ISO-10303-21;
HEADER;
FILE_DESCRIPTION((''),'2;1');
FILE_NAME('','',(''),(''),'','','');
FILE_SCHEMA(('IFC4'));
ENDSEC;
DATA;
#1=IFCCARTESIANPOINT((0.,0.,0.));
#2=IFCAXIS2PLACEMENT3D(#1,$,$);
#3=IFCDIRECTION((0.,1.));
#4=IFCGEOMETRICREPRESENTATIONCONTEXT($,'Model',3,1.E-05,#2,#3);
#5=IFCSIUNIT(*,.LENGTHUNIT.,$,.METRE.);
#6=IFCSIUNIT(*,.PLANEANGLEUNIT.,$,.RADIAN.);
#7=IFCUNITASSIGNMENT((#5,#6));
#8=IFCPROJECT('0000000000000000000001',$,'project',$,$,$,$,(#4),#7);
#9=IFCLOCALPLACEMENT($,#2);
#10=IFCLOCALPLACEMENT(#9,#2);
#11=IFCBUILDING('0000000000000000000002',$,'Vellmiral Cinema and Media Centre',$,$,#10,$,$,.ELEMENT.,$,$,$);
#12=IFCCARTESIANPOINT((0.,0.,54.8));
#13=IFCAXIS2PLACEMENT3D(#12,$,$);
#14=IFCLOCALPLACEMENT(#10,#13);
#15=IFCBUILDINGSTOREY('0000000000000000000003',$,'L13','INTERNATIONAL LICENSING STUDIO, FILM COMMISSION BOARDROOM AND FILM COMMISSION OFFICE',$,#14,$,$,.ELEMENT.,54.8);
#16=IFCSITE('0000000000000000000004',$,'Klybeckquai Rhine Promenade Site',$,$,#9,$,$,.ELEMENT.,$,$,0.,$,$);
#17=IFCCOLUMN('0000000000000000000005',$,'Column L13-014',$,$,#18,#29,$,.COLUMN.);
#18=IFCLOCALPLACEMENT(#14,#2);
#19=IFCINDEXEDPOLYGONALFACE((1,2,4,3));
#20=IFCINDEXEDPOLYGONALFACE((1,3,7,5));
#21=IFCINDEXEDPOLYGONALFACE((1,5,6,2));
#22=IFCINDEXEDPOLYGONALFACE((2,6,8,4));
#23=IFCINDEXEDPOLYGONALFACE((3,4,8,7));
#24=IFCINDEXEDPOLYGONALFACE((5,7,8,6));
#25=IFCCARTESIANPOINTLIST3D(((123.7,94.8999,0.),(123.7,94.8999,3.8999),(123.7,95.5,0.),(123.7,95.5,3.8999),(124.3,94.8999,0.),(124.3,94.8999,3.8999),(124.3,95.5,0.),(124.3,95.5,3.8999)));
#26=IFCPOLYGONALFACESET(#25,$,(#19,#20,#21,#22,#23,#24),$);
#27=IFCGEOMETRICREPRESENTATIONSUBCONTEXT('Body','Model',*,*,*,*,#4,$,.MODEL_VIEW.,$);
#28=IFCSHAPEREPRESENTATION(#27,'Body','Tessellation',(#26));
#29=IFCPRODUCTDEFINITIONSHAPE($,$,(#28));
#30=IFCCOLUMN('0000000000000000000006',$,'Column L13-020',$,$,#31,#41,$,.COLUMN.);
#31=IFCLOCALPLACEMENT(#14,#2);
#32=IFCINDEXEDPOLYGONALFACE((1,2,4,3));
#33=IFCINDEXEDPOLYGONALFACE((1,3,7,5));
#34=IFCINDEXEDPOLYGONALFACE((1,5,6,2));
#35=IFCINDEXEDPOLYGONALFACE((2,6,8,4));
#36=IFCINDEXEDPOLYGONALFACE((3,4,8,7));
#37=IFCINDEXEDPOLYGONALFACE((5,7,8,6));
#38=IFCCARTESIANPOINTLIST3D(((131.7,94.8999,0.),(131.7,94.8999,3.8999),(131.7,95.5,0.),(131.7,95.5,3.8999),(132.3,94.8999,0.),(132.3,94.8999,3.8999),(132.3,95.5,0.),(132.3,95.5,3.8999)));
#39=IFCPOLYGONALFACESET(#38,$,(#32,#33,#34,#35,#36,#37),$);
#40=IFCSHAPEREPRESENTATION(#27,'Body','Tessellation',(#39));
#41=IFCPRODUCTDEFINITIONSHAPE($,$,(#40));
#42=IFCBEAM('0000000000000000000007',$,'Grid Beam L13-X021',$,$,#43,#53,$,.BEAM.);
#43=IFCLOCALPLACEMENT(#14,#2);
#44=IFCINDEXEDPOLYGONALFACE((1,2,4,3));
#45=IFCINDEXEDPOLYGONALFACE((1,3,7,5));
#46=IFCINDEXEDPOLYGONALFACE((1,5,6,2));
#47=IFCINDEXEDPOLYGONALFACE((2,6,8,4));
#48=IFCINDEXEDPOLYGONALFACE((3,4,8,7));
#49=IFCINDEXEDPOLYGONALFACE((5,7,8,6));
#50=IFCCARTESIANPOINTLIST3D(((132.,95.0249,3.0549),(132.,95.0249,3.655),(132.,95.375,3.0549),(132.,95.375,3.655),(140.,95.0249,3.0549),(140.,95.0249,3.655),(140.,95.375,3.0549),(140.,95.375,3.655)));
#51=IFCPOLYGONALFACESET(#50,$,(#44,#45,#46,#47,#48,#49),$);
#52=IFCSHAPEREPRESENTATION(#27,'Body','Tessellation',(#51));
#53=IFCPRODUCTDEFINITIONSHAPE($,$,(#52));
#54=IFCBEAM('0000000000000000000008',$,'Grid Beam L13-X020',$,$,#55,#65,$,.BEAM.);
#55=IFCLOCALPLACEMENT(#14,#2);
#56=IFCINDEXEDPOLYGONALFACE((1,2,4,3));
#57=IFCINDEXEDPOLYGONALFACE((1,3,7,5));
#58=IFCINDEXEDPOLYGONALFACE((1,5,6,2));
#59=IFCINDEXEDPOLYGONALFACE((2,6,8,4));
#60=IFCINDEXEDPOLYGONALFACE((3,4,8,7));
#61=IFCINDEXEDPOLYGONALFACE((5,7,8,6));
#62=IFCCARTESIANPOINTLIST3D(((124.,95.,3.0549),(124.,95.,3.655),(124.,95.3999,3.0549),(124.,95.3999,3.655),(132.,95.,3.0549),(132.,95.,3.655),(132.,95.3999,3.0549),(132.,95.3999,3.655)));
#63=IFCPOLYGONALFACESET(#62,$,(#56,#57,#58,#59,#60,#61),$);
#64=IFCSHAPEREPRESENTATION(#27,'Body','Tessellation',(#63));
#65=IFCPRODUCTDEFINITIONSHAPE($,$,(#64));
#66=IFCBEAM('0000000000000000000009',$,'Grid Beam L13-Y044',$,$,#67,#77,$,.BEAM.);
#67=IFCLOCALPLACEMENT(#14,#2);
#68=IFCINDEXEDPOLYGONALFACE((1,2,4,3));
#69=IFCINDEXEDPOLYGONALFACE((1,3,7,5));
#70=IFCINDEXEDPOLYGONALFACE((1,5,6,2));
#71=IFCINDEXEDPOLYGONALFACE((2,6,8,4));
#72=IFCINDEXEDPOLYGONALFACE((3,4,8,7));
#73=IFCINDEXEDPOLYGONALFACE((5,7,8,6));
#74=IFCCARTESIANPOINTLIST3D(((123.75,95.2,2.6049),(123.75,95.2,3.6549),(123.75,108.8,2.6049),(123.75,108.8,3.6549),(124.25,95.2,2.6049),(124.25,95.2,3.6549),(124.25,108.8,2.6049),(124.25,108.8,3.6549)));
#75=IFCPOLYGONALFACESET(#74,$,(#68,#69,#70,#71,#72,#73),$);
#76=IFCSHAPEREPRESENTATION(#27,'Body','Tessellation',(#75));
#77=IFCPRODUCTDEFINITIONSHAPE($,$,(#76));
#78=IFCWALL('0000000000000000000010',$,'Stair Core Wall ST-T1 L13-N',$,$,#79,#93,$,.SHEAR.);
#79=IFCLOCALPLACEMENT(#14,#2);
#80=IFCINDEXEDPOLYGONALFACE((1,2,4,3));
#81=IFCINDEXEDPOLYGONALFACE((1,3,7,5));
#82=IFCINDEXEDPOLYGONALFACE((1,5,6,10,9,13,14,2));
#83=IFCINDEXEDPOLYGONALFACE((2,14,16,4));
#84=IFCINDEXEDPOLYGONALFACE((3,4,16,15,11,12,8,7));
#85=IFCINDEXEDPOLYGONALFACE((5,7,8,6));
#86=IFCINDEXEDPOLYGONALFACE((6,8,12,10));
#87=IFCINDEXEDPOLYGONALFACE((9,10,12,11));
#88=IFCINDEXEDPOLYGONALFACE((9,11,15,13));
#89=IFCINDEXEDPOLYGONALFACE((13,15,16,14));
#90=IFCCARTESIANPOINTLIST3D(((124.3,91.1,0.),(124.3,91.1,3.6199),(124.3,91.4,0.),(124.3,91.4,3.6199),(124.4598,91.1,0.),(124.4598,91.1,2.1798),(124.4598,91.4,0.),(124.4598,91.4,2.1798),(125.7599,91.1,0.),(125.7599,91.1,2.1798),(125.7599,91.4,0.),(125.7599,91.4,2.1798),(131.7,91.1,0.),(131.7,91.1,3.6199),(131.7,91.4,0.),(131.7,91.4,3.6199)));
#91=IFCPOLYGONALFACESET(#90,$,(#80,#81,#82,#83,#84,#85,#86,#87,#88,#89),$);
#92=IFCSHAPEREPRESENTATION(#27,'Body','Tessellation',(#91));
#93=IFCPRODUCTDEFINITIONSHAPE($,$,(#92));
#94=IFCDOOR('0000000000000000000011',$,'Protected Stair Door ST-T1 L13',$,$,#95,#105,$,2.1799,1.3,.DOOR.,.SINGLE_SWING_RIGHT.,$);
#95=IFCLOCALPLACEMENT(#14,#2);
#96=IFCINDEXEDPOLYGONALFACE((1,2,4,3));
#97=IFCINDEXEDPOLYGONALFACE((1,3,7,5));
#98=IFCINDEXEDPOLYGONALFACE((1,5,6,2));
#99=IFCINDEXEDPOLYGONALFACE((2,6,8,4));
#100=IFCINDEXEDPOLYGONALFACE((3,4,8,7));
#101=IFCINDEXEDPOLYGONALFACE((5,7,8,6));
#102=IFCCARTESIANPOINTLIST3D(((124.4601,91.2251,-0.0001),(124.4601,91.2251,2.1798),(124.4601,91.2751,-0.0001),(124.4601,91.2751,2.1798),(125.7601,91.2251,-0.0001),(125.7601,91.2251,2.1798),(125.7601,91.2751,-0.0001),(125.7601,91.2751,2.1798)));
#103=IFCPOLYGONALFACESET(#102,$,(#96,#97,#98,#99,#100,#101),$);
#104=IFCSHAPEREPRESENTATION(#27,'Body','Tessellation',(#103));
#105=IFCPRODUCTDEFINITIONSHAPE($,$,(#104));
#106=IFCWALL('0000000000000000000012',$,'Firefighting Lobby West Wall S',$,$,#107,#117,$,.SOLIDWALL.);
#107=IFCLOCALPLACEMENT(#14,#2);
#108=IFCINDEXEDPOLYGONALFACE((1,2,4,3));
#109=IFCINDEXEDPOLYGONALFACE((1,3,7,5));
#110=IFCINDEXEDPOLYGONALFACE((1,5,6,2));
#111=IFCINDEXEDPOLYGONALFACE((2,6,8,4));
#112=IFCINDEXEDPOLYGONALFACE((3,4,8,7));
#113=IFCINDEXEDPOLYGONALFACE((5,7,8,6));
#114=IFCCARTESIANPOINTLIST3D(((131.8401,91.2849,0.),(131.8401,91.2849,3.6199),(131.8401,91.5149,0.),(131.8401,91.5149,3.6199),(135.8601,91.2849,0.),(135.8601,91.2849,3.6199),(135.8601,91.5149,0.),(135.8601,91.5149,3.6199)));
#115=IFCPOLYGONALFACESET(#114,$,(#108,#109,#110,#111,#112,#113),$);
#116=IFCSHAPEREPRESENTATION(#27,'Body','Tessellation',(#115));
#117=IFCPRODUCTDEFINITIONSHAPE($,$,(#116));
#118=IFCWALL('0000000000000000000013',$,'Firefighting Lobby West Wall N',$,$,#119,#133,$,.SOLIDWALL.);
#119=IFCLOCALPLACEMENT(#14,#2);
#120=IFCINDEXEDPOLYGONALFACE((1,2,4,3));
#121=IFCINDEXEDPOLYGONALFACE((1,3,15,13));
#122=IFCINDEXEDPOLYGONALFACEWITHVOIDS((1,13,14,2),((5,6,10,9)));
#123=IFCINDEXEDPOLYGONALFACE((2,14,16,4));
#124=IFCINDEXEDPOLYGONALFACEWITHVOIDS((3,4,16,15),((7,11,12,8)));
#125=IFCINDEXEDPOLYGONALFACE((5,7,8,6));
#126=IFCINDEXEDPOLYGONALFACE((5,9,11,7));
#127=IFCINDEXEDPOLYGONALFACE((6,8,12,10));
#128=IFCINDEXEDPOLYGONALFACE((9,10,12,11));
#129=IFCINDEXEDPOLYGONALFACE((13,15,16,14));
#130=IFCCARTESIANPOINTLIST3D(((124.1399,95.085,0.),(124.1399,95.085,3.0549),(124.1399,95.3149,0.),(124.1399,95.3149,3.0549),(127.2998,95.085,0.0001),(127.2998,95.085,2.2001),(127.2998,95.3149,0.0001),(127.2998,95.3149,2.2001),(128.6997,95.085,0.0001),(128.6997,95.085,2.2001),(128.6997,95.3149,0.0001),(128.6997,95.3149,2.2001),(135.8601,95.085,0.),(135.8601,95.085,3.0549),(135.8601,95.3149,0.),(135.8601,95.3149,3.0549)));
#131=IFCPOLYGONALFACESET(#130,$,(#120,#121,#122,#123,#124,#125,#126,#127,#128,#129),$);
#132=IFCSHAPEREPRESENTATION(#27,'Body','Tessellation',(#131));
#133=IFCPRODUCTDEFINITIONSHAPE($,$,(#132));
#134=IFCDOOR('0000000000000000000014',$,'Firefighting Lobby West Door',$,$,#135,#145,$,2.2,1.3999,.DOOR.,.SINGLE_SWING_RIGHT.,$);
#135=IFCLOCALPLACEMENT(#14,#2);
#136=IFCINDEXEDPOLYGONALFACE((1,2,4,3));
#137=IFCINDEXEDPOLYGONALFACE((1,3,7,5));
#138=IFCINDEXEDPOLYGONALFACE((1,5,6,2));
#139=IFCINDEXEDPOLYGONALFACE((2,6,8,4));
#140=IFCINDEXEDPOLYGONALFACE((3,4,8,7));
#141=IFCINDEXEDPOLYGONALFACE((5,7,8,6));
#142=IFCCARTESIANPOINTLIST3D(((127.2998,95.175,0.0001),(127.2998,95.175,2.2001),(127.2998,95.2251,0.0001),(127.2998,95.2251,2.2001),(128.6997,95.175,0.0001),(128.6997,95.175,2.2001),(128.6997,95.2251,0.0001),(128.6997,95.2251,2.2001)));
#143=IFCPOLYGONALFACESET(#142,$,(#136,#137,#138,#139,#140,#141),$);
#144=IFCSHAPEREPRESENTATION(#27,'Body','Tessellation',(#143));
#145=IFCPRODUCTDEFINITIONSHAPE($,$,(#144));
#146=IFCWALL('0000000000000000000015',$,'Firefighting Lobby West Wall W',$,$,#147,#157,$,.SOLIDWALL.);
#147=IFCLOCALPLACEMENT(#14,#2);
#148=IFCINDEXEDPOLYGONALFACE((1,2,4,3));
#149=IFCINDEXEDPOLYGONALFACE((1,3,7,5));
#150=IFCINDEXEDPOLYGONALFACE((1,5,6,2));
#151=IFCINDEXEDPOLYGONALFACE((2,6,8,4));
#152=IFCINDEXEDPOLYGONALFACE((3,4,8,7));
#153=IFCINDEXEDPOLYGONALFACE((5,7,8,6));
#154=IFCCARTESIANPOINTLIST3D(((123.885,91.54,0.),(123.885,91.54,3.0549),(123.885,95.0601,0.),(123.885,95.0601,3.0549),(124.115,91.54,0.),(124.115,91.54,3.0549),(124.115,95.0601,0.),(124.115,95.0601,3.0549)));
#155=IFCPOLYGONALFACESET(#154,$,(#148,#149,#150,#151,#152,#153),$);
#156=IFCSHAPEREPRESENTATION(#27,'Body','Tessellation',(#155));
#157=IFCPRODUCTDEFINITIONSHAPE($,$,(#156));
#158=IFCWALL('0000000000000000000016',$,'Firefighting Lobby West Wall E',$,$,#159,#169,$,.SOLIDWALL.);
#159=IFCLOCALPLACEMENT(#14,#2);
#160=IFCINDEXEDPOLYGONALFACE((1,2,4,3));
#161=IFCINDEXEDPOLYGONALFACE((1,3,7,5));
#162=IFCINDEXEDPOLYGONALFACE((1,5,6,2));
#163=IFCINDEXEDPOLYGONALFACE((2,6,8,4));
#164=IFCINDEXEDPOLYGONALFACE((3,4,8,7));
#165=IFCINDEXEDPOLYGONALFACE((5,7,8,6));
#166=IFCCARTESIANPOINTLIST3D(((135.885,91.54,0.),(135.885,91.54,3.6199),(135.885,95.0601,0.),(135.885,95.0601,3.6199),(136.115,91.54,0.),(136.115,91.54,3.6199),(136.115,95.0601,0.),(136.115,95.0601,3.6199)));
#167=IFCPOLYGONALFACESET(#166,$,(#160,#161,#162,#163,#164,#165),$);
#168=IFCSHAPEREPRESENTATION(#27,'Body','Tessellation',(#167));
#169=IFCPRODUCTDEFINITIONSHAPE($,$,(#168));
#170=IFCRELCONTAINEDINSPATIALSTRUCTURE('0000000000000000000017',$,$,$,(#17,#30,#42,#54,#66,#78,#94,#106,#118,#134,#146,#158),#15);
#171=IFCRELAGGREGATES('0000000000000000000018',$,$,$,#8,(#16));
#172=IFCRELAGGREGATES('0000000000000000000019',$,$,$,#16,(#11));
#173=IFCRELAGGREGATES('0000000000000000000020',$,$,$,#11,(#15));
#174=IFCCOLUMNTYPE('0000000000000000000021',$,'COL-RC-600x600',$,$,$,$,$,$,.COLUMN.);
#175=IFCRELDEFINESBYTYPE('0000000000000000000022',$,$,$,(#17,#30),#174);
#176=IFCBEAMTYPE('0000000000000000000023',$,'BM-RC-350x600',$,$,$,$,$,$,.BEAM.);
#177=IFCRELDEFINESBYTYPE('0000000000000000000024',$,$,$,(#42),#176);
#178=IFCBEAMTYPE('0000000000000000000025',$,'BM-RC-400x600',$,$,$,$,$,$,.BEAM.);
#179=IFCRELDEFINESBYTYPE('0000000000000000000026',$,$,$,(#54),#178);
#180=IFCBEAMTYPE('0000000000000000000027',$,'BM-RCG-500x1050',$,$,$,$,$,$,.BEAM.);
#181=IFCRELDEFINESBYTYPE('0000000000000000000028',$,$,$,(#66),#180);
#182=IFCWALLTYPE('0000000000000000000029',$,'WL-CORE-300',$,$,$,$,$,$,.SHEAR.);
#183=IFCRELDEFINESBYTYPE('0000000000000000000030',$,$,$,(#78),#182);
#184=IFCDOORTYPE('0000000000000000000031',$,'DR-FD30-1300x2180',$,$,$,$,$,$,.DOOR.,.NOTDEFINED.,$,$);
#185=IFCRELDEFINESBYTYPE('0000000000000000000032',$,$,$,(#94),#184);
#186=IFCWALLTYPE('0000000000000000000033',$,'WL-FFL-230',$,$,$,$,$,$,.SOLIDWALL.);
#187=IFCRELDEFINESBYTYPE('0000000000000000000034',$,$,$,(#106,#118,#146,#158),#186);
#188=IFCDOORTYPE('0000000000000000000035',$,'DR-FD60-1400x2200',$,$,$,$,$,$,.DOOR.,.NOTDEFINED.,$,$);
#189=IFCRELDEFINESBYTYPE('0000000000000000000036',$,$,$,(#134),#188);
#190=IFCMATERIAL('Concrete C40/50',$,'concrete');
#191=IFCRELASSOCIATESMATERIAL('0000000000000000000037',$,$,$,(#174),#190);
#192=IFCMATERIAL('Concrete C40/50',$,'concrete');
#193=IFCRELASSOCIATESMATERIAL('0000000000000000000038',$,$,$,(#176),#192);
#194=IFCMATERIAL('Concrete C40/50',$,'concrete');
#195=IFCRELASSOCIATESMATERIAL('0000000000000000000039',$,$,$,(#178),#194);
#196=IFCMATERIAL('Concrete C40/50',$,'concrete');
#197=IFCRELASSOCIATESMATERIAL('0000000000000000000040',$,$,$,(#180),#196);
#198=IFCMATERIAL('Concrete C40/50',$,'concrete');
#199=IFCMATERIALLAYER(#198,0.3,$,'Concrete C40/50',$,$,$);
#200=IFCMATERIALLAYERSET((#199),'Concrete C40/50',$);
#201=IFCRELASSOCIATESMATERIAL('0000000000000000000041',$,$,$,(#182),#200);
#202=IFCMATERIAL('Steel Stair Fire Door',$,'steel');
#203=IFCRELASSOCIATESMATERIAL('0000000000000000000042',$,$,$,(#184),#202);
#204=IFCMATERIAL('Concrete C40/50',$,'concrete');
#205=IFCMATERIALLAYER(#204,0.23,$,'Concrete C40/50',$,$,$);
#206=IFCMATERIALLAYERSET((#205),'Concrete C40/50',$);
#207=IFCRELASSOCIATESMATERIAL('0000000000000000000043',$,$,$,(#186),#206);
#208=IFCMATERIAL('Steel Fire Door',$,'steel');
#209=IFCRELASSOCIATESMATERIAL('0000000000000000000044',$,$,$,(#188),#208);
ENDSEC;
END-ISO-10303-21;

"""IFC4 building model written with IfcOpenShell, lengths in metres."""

from ifc_helpers import new_model, si_unit, direction, frame, frame_2d, origin, origin_2d, place, context, subcontext, project, spatial, rectangle, extrude, material, layer, layer_set, material_profile, profile_set, type_object, element, fill, save


model = new_model("IFC4")

# Units and contexts
model_context = context("Model", 3, precision=1e-05, world=origin(), true_north=direction((0.0, 1.0)))
body_context = subcontext(model_context, "Body", "Model", "MODEL_VIEW")
ifc_project = project(units=[si_unit("LENGTHUNIT", "METRE"), si_unit("PLANEANGLEUNIT", "RADIAN")], contexts=[model_context])

# Site, building, storey
site_placement = place(None, origin())
site = spatial("IfcSite", under=ifc_project, at=site_placement, Name="Klybeckquai Rhine Promenade Site", CompositionType="ELEMENT", RefElevation=0.0)
building_placement = place(site_placement, origin())
building = spatial("IfcBuilding", under=site, at=building_placement, Name="Vellmiral Cinema and Media Centre", CompositionType="ELEMENT")
storey_placement = place(building_placement, frame((0.0, 0.0, 54.8)))
storey = spatial("IfcBuildingStorey", under=building, at=storey_placement, Name="L13", Description="INTERNATIONAL LICENSING STUDIO, FILM COMMISSION BOARDROOM AND FILM COMMISSION OFFICE", CompositionType="ELEMENT", Elevation=54.8)

# Columns
ifc_material_1 = material(Name="Concrete C40/50", Category="concrete")
ifc_material_profile_1 = material_profile(ifc_material_1, rectangle(XDim=0.6001, YDim=0.6001, at=origin_2d()), Name="RC 600x600")
ifc_profile_set_1 = profile_set([ifc_material_profile_1], Name="Concrete C40/50")
column_type = type_object("IfcColumnType", Name="COL-RC-600x600", PredefinedType="COLUMN", material=ifc_profile_set_1)
for number, where, z_axis, x_axis, name in (
    (1, (124.0, 95.2, 0.0), (0.0, 0.0, 1.0), (1.0, 0.0, 0.0), "Column L13-014"),
    (2, (132.0, 95.2, 0.0), (0.0, 0.0, 1.0), (1.0, 0.0, 0.0), "Column L13-020"),
):
    element("IfcColumn", number, at=place(storey_placement, frame(where, z_axis=z_axis, x_axis=x_axis)), inside=storey, type_object=column_type, Name=name, PredefinedType="COLUMN", context=body_context, shape_type="SweptSolid", body=[
        extrude(rectangle(XDim=0.6001, YDim=0.6001, at=origin_2d()), origin(), (0.0, 0.0, 1.0), 3.8999),
    ])

# Beams
ifc_material_2 = material(Name="Concrete C40/50", Category="concrete")
ifc_material_profile_2 = material_profile(ifc_material_2, rectangle(XDim=0.3501, YDim=0.6001, at=origin_2d()), Name="RC 350x600")
ifc_profile_set_2 = profile_set([ifc_material_profile_2], Name="Concrete C40/50")
beam_type_1 = type_object("IfcBeamType", Name="BM-RC-350x600", PredefinedType="BEAM", material=ifc_profile_set_2)
beam_1_placement = place(storey_placement, frame((132.0, 95.2, 3.355), z_axis=(1.0, 0.0, 0.0), x_axis=(0.0, 1.0, 0.0)))
element("IfcBeam", 3, at=beam_1_placement, inside=storey, type_object=beam_type_1, Name="Grid Beam L13-X021", PredefinedType="BEAM", context=body_context, shape_type="SweptSolid", body=[
    extrude(rectangle(XDim=0.3501, YDim=0.6001, at=origin_2d()), origin(), (0.0, 0.0, 1.0), 8.0),
])
ifc_material_3 = material(Name="Concrete C40/50", Category="concrete")
ifc_material_profile_3 = material_profile(ifc_material_3, rectangle(XDim=0.3999, YDim=0.6001, at=origin_2d()), Name="RC 400x600")
ifc_profile_set_3 = profile_set([ifc_material_profile_3], Name="Concrete C40/50")
beam_type_2 = type_object("IfcBeamType", Name="BM-RC-400x600", PredefinedType="BEAM", material=ifc_profile_set_3)
beam_2_placement = place(storey_placement, frame((124.0, 95.2, 3.355), z_axis=(1.0, 0.0, 0.0), x_axis=(0.0, 1.0, 0.0)))
element("IfcBeam", 4, at=beam_2_placement, inside=storey, type_object=beam_type_2, Name="Grid Beam L13-X020", PredefinedType="BEAM", context=body_context, shape_type="SweptSolid", body=[
    extrude(rectangle(XDim=0.3999, YDim=0.6001, at=origin_2d()), origin(), (0.0, 0.0, 1.0), 8.0),
])
ifc_material_4 = material(Name="Concrete C40/50", Category="concrete")
ifc_material_profile_4 = material_profile(ifc_material_4, rectangle(XDim=0.5, YDim=1.05, at=origin_2d()), Name="RC 500x1050")
ifc_profile_set_4 = profile_set([ifc_material_profile_4], Name="Concrete C40/50")
beam_type_3 = type_object("IfcBeamType", Name="BM-RCG-500x1050", PredefinedType="BEAM", material=ifc_profile_set_4)
beam_3_placement = place(storey_placement, frame((124.0, 95.2, 3.1299), z_axis=(0.0, 1.0, 0.0), x_axis=(-1.0, 0.0, 0.0)))
element("IfcBeam", 5, at=beam_3_placement, inside=storey, type_object=beam_type_3, Name="Grid Beam L13-Y044", PredefinedType="BEAM", context=body_context, shape_type="SweptSolid", body=[
    extrude(rectangle(XDim=0.5, YDim=1.05, at=origin_2d()), origin(), (0.0, 0.0, 1.0), 13.6001),
])

# Wall, opening, door
ifc_material_5 = material(Name="Concrete C40/50", Category="concrete")
ifc_layer_1 = layer(ifc_material_5, 0.3, Name="Concrete C40/50")
ifc_layer_set_1 = layer_set([ifc_layer_1], Name="Concrete C40/50")
wall_type_1 = type_object("IfcWallType", Name="WL-CORE-300", PredefinedType="SHEAR", material=ifc_layer_set_1)
wall_1_placement = place(storey_placement, frame((124.3, 91.25, 0.0), z_axis=(0.0, 0.0, 1.0), x_axis=(1.0, 0.0, 0.0)))
wall_1 = element("IfcWall", 6, at=wall_1_placement, inside=storey, type_object=wall_type_1, Name="Stair Core Wall ST-T1 L13-N", PredefinedType="SHEAR", context=body_context, shape_type="SweptSolid", body=[
    extrude(rectangle(XDim=7.3999, YDim=0.3, at=frame_2d((3.7, 0.0))), origin(), (0.0, 0.0, 1.0), 3.6199),
])
opening_1_placement = place(wall_1_placement, frame((0.1599, 0.0, 0.0)))
opening_1 = element("IfcOpeningElement", 7, at=opening_1_placement, cuts=wall_1, PredefinedType="OPENING", context=body_context, shape_type="SweptSolid", body=[
    extrude(rectangle(XDim=1.3, YDim=2.1799, at=frame_2d((0.6499, 1.0898))), frame((0.0, 0.1621, 0.0), z_axis=(0.0, -1.0, 0.0), x_axis=(1.0, 0.0, 0.0)), (0.0, 0.0, 1.0), 0.324),
])
ifc_material_6 = material(Name="Steel Stair Fire Door", Category="steel")
door_type_1 = type_object("IfcDoorType", Name="DR-FD30-1300x2180", OperationType="NOTDEFINED", PredefinedType="DOOR", material=ifc_material_6)
door_1_placement = place(opening_1_placement, frame((1.3, 0.0, 0.0), z_axis=(0.0, 0.0, 1.0), x_axis=(-1.0, 0.0, 0.0)))
door_1 = element("IfcDoor", 8, at=door_1_placement, inside=storey, type_object=door_type_1, Name="Protected Stair Door ST-T1 L13", OperationType="SINGLE_SWING_RIGHT", OverallHeight=2.1799, OverallWidth=1.3, PredefinedType="DOOR", context=body_context, shape_type="SweptSolid", body=[
    extrude(rectangle(XDim=1.3, YDim=2.1799, at=frame_2d((0.6499, 1.0898))), frame((0.0, 0.0249, 0.0), z_axis=(0.0, -1.0, 0.0), x_axis=(1.0, 0.0, 0.0)), (0.0, 0.0, 1.0), 0.05),
])
fill(opening_1, door_1)

# Wall
ifc_material_7 = material(Name="Concrete C40/50", Category="concrete")
ifc_layer_2 = layer(ifc_material_7, 0.23, Name="Concrete C40/50")
ifc_layer_set_2 = layer_set([ifc_layer_2], Name="Concrete C40/50")
wall_type_2 = type_object("IfcWallType", Name="WL-FFL-230", PredefinedType="SOLIDWALL", material=ifc_layer_set_2)
wall_2_placement = place(storey_placement, frame((131.8401, 91.3999, 0.0), z_axis=(0.0, 0.0, 1.0), x_axis=(1.0, 0.0, 0.0)))
element("IfcWall", 9, at=wall_2_placement, inside=storey, type_object=wall_type_2, Name="Firefighting Lobby West Wall S", PredefinedType="SOLIDWALL", context=body_context, shape_type="SweptSolid", body=[
    extrude(rectangle(XDim=4.02, YDim=0.23, at=frame_2d((2.01, 0.0))), origin(), (0.0, 0.0, 1.0), 3.6199),
])

# Wall, opening, door
wall_3_placement = place(storey_placement, frame((124.1399, 95.2, 0.0), z_axis=(0.0, 0.0, 1.0), x_axis=(1.0, 0.0, 0.0)))
wall_3 = element("IfcWall", 10, at=wall_3_placement, inside=storey, type_object=wall_type_2, Name="Firefighting Lobby West Wall N", PredefinedType="SOLIDWALL", context=body_context, shape_type="SweptSolid", body=[
    extrude(rectangle(XDim=11.7202, YDim=0.23, at=frame_2d((5.8601, 0.0))), origin(), (0.0, 0.0, 1.0), 3.0549),
])
opening_2_placement = place(wall_3_placement, frame((3.1599, 0.0, 0.0)))
opening_2 = element("IfcOpeningElement", 11, at=opening_2_placement, cuts=wall_3, PredefinedType="OPENING", context=body_context, shape_type="SweptSolid", body=[
    extrude(rectangle(XDim=1.3999, YDim=2.2, at=frame_2d((0.7, 1.1001))), frame((0.0, 0.127, 0.0), z_axis=(0.0, -1.0, 0.0), x_axis=(1.0, 0.0, 0.0)), (0.0, 0.0, 1.0), 0.2539),
])
ifc_material_8 = material(Name="Steel Fire Door", Category="steel")
door_type_2 = type_object("IfcDoorType", Name="DR-FD60-1400x2200", OperationType="NOTDEFINED", PredefinedType="DOOR", material=ifc_material_8)
door_2_placement = place(opening_2_placement, frame((1.3999, 0.0, 0.0), z_axis=(0.0, 0.0, 1.0), x_axis=(-1.0, 0.0, 0.0)))
door_2 = element("IfcDoor", 12, at=door_2_placement, inside=storey, type_object=door_type_2, Name="Firefighting Lobby West Door", OperationType="SINGLE_SWING_RIGHT", OverallHeight=2.2, OverallWidth=1.3999, PredefinedType="DOOR", context=body_context, shape_type="SweptSolid", body=[
    extrude(rectangle(XDim=1.3999, YDim=2.2, at=frame_2d((0.7, 1.1001))), frame((0.0, 0.0249, 0.0), z_axis=(0.0, -1.0, 0.0), x_axis=(1.0, 0.0, 0.0)), (0.0, 0.0, 1.0), 0.05),
])
fill(opening_2, door_2)

# Walls
wall_4_placement = place(storey_placement, frame((124.0, 91.54, 0.0), z_axis=(0.0, 0.0, 1.0), x_axis=(0.0, 1.0, 0.0)))
element("IfcWall", 13, at=wall_4_placement, inside=storey, type_object=wall_type_2, Name="Firefighting Lobby West Wall W", PredefinedType="SOLIDWALL", context=body_context, shape_type="SweptSolid", body=[
    extrude(rectangle(XDim=3.52, YDim=0.23, at=frame_2d((1.76, 0.0))), origin(), (0.0, 0.0, 1.0), 3.0549),
])
wall_5_placement = place(storey_placement, frame((136.0, 91.54, 0.0), z_axis=(0.0, 0.0, 1.0), x_axis=(0.0, 1.0, 0.0)))
element("IfcWall", 14, at=wall_5_placement, inside=storey, type_object=wall_type_2, Name="Firefighting Lobby West Wall E", PredefinedType="SOLIDWALL", context=body_context, shape_type="SweptSolid", body=[
    extrude(rectangle(XDim=3.52, YDim=0.23, at=frame_2d((1.76, 0.0))), origin(), (0.0, 0.0, 1.0), 3.6199),
])

save(model, "model.ifc")
